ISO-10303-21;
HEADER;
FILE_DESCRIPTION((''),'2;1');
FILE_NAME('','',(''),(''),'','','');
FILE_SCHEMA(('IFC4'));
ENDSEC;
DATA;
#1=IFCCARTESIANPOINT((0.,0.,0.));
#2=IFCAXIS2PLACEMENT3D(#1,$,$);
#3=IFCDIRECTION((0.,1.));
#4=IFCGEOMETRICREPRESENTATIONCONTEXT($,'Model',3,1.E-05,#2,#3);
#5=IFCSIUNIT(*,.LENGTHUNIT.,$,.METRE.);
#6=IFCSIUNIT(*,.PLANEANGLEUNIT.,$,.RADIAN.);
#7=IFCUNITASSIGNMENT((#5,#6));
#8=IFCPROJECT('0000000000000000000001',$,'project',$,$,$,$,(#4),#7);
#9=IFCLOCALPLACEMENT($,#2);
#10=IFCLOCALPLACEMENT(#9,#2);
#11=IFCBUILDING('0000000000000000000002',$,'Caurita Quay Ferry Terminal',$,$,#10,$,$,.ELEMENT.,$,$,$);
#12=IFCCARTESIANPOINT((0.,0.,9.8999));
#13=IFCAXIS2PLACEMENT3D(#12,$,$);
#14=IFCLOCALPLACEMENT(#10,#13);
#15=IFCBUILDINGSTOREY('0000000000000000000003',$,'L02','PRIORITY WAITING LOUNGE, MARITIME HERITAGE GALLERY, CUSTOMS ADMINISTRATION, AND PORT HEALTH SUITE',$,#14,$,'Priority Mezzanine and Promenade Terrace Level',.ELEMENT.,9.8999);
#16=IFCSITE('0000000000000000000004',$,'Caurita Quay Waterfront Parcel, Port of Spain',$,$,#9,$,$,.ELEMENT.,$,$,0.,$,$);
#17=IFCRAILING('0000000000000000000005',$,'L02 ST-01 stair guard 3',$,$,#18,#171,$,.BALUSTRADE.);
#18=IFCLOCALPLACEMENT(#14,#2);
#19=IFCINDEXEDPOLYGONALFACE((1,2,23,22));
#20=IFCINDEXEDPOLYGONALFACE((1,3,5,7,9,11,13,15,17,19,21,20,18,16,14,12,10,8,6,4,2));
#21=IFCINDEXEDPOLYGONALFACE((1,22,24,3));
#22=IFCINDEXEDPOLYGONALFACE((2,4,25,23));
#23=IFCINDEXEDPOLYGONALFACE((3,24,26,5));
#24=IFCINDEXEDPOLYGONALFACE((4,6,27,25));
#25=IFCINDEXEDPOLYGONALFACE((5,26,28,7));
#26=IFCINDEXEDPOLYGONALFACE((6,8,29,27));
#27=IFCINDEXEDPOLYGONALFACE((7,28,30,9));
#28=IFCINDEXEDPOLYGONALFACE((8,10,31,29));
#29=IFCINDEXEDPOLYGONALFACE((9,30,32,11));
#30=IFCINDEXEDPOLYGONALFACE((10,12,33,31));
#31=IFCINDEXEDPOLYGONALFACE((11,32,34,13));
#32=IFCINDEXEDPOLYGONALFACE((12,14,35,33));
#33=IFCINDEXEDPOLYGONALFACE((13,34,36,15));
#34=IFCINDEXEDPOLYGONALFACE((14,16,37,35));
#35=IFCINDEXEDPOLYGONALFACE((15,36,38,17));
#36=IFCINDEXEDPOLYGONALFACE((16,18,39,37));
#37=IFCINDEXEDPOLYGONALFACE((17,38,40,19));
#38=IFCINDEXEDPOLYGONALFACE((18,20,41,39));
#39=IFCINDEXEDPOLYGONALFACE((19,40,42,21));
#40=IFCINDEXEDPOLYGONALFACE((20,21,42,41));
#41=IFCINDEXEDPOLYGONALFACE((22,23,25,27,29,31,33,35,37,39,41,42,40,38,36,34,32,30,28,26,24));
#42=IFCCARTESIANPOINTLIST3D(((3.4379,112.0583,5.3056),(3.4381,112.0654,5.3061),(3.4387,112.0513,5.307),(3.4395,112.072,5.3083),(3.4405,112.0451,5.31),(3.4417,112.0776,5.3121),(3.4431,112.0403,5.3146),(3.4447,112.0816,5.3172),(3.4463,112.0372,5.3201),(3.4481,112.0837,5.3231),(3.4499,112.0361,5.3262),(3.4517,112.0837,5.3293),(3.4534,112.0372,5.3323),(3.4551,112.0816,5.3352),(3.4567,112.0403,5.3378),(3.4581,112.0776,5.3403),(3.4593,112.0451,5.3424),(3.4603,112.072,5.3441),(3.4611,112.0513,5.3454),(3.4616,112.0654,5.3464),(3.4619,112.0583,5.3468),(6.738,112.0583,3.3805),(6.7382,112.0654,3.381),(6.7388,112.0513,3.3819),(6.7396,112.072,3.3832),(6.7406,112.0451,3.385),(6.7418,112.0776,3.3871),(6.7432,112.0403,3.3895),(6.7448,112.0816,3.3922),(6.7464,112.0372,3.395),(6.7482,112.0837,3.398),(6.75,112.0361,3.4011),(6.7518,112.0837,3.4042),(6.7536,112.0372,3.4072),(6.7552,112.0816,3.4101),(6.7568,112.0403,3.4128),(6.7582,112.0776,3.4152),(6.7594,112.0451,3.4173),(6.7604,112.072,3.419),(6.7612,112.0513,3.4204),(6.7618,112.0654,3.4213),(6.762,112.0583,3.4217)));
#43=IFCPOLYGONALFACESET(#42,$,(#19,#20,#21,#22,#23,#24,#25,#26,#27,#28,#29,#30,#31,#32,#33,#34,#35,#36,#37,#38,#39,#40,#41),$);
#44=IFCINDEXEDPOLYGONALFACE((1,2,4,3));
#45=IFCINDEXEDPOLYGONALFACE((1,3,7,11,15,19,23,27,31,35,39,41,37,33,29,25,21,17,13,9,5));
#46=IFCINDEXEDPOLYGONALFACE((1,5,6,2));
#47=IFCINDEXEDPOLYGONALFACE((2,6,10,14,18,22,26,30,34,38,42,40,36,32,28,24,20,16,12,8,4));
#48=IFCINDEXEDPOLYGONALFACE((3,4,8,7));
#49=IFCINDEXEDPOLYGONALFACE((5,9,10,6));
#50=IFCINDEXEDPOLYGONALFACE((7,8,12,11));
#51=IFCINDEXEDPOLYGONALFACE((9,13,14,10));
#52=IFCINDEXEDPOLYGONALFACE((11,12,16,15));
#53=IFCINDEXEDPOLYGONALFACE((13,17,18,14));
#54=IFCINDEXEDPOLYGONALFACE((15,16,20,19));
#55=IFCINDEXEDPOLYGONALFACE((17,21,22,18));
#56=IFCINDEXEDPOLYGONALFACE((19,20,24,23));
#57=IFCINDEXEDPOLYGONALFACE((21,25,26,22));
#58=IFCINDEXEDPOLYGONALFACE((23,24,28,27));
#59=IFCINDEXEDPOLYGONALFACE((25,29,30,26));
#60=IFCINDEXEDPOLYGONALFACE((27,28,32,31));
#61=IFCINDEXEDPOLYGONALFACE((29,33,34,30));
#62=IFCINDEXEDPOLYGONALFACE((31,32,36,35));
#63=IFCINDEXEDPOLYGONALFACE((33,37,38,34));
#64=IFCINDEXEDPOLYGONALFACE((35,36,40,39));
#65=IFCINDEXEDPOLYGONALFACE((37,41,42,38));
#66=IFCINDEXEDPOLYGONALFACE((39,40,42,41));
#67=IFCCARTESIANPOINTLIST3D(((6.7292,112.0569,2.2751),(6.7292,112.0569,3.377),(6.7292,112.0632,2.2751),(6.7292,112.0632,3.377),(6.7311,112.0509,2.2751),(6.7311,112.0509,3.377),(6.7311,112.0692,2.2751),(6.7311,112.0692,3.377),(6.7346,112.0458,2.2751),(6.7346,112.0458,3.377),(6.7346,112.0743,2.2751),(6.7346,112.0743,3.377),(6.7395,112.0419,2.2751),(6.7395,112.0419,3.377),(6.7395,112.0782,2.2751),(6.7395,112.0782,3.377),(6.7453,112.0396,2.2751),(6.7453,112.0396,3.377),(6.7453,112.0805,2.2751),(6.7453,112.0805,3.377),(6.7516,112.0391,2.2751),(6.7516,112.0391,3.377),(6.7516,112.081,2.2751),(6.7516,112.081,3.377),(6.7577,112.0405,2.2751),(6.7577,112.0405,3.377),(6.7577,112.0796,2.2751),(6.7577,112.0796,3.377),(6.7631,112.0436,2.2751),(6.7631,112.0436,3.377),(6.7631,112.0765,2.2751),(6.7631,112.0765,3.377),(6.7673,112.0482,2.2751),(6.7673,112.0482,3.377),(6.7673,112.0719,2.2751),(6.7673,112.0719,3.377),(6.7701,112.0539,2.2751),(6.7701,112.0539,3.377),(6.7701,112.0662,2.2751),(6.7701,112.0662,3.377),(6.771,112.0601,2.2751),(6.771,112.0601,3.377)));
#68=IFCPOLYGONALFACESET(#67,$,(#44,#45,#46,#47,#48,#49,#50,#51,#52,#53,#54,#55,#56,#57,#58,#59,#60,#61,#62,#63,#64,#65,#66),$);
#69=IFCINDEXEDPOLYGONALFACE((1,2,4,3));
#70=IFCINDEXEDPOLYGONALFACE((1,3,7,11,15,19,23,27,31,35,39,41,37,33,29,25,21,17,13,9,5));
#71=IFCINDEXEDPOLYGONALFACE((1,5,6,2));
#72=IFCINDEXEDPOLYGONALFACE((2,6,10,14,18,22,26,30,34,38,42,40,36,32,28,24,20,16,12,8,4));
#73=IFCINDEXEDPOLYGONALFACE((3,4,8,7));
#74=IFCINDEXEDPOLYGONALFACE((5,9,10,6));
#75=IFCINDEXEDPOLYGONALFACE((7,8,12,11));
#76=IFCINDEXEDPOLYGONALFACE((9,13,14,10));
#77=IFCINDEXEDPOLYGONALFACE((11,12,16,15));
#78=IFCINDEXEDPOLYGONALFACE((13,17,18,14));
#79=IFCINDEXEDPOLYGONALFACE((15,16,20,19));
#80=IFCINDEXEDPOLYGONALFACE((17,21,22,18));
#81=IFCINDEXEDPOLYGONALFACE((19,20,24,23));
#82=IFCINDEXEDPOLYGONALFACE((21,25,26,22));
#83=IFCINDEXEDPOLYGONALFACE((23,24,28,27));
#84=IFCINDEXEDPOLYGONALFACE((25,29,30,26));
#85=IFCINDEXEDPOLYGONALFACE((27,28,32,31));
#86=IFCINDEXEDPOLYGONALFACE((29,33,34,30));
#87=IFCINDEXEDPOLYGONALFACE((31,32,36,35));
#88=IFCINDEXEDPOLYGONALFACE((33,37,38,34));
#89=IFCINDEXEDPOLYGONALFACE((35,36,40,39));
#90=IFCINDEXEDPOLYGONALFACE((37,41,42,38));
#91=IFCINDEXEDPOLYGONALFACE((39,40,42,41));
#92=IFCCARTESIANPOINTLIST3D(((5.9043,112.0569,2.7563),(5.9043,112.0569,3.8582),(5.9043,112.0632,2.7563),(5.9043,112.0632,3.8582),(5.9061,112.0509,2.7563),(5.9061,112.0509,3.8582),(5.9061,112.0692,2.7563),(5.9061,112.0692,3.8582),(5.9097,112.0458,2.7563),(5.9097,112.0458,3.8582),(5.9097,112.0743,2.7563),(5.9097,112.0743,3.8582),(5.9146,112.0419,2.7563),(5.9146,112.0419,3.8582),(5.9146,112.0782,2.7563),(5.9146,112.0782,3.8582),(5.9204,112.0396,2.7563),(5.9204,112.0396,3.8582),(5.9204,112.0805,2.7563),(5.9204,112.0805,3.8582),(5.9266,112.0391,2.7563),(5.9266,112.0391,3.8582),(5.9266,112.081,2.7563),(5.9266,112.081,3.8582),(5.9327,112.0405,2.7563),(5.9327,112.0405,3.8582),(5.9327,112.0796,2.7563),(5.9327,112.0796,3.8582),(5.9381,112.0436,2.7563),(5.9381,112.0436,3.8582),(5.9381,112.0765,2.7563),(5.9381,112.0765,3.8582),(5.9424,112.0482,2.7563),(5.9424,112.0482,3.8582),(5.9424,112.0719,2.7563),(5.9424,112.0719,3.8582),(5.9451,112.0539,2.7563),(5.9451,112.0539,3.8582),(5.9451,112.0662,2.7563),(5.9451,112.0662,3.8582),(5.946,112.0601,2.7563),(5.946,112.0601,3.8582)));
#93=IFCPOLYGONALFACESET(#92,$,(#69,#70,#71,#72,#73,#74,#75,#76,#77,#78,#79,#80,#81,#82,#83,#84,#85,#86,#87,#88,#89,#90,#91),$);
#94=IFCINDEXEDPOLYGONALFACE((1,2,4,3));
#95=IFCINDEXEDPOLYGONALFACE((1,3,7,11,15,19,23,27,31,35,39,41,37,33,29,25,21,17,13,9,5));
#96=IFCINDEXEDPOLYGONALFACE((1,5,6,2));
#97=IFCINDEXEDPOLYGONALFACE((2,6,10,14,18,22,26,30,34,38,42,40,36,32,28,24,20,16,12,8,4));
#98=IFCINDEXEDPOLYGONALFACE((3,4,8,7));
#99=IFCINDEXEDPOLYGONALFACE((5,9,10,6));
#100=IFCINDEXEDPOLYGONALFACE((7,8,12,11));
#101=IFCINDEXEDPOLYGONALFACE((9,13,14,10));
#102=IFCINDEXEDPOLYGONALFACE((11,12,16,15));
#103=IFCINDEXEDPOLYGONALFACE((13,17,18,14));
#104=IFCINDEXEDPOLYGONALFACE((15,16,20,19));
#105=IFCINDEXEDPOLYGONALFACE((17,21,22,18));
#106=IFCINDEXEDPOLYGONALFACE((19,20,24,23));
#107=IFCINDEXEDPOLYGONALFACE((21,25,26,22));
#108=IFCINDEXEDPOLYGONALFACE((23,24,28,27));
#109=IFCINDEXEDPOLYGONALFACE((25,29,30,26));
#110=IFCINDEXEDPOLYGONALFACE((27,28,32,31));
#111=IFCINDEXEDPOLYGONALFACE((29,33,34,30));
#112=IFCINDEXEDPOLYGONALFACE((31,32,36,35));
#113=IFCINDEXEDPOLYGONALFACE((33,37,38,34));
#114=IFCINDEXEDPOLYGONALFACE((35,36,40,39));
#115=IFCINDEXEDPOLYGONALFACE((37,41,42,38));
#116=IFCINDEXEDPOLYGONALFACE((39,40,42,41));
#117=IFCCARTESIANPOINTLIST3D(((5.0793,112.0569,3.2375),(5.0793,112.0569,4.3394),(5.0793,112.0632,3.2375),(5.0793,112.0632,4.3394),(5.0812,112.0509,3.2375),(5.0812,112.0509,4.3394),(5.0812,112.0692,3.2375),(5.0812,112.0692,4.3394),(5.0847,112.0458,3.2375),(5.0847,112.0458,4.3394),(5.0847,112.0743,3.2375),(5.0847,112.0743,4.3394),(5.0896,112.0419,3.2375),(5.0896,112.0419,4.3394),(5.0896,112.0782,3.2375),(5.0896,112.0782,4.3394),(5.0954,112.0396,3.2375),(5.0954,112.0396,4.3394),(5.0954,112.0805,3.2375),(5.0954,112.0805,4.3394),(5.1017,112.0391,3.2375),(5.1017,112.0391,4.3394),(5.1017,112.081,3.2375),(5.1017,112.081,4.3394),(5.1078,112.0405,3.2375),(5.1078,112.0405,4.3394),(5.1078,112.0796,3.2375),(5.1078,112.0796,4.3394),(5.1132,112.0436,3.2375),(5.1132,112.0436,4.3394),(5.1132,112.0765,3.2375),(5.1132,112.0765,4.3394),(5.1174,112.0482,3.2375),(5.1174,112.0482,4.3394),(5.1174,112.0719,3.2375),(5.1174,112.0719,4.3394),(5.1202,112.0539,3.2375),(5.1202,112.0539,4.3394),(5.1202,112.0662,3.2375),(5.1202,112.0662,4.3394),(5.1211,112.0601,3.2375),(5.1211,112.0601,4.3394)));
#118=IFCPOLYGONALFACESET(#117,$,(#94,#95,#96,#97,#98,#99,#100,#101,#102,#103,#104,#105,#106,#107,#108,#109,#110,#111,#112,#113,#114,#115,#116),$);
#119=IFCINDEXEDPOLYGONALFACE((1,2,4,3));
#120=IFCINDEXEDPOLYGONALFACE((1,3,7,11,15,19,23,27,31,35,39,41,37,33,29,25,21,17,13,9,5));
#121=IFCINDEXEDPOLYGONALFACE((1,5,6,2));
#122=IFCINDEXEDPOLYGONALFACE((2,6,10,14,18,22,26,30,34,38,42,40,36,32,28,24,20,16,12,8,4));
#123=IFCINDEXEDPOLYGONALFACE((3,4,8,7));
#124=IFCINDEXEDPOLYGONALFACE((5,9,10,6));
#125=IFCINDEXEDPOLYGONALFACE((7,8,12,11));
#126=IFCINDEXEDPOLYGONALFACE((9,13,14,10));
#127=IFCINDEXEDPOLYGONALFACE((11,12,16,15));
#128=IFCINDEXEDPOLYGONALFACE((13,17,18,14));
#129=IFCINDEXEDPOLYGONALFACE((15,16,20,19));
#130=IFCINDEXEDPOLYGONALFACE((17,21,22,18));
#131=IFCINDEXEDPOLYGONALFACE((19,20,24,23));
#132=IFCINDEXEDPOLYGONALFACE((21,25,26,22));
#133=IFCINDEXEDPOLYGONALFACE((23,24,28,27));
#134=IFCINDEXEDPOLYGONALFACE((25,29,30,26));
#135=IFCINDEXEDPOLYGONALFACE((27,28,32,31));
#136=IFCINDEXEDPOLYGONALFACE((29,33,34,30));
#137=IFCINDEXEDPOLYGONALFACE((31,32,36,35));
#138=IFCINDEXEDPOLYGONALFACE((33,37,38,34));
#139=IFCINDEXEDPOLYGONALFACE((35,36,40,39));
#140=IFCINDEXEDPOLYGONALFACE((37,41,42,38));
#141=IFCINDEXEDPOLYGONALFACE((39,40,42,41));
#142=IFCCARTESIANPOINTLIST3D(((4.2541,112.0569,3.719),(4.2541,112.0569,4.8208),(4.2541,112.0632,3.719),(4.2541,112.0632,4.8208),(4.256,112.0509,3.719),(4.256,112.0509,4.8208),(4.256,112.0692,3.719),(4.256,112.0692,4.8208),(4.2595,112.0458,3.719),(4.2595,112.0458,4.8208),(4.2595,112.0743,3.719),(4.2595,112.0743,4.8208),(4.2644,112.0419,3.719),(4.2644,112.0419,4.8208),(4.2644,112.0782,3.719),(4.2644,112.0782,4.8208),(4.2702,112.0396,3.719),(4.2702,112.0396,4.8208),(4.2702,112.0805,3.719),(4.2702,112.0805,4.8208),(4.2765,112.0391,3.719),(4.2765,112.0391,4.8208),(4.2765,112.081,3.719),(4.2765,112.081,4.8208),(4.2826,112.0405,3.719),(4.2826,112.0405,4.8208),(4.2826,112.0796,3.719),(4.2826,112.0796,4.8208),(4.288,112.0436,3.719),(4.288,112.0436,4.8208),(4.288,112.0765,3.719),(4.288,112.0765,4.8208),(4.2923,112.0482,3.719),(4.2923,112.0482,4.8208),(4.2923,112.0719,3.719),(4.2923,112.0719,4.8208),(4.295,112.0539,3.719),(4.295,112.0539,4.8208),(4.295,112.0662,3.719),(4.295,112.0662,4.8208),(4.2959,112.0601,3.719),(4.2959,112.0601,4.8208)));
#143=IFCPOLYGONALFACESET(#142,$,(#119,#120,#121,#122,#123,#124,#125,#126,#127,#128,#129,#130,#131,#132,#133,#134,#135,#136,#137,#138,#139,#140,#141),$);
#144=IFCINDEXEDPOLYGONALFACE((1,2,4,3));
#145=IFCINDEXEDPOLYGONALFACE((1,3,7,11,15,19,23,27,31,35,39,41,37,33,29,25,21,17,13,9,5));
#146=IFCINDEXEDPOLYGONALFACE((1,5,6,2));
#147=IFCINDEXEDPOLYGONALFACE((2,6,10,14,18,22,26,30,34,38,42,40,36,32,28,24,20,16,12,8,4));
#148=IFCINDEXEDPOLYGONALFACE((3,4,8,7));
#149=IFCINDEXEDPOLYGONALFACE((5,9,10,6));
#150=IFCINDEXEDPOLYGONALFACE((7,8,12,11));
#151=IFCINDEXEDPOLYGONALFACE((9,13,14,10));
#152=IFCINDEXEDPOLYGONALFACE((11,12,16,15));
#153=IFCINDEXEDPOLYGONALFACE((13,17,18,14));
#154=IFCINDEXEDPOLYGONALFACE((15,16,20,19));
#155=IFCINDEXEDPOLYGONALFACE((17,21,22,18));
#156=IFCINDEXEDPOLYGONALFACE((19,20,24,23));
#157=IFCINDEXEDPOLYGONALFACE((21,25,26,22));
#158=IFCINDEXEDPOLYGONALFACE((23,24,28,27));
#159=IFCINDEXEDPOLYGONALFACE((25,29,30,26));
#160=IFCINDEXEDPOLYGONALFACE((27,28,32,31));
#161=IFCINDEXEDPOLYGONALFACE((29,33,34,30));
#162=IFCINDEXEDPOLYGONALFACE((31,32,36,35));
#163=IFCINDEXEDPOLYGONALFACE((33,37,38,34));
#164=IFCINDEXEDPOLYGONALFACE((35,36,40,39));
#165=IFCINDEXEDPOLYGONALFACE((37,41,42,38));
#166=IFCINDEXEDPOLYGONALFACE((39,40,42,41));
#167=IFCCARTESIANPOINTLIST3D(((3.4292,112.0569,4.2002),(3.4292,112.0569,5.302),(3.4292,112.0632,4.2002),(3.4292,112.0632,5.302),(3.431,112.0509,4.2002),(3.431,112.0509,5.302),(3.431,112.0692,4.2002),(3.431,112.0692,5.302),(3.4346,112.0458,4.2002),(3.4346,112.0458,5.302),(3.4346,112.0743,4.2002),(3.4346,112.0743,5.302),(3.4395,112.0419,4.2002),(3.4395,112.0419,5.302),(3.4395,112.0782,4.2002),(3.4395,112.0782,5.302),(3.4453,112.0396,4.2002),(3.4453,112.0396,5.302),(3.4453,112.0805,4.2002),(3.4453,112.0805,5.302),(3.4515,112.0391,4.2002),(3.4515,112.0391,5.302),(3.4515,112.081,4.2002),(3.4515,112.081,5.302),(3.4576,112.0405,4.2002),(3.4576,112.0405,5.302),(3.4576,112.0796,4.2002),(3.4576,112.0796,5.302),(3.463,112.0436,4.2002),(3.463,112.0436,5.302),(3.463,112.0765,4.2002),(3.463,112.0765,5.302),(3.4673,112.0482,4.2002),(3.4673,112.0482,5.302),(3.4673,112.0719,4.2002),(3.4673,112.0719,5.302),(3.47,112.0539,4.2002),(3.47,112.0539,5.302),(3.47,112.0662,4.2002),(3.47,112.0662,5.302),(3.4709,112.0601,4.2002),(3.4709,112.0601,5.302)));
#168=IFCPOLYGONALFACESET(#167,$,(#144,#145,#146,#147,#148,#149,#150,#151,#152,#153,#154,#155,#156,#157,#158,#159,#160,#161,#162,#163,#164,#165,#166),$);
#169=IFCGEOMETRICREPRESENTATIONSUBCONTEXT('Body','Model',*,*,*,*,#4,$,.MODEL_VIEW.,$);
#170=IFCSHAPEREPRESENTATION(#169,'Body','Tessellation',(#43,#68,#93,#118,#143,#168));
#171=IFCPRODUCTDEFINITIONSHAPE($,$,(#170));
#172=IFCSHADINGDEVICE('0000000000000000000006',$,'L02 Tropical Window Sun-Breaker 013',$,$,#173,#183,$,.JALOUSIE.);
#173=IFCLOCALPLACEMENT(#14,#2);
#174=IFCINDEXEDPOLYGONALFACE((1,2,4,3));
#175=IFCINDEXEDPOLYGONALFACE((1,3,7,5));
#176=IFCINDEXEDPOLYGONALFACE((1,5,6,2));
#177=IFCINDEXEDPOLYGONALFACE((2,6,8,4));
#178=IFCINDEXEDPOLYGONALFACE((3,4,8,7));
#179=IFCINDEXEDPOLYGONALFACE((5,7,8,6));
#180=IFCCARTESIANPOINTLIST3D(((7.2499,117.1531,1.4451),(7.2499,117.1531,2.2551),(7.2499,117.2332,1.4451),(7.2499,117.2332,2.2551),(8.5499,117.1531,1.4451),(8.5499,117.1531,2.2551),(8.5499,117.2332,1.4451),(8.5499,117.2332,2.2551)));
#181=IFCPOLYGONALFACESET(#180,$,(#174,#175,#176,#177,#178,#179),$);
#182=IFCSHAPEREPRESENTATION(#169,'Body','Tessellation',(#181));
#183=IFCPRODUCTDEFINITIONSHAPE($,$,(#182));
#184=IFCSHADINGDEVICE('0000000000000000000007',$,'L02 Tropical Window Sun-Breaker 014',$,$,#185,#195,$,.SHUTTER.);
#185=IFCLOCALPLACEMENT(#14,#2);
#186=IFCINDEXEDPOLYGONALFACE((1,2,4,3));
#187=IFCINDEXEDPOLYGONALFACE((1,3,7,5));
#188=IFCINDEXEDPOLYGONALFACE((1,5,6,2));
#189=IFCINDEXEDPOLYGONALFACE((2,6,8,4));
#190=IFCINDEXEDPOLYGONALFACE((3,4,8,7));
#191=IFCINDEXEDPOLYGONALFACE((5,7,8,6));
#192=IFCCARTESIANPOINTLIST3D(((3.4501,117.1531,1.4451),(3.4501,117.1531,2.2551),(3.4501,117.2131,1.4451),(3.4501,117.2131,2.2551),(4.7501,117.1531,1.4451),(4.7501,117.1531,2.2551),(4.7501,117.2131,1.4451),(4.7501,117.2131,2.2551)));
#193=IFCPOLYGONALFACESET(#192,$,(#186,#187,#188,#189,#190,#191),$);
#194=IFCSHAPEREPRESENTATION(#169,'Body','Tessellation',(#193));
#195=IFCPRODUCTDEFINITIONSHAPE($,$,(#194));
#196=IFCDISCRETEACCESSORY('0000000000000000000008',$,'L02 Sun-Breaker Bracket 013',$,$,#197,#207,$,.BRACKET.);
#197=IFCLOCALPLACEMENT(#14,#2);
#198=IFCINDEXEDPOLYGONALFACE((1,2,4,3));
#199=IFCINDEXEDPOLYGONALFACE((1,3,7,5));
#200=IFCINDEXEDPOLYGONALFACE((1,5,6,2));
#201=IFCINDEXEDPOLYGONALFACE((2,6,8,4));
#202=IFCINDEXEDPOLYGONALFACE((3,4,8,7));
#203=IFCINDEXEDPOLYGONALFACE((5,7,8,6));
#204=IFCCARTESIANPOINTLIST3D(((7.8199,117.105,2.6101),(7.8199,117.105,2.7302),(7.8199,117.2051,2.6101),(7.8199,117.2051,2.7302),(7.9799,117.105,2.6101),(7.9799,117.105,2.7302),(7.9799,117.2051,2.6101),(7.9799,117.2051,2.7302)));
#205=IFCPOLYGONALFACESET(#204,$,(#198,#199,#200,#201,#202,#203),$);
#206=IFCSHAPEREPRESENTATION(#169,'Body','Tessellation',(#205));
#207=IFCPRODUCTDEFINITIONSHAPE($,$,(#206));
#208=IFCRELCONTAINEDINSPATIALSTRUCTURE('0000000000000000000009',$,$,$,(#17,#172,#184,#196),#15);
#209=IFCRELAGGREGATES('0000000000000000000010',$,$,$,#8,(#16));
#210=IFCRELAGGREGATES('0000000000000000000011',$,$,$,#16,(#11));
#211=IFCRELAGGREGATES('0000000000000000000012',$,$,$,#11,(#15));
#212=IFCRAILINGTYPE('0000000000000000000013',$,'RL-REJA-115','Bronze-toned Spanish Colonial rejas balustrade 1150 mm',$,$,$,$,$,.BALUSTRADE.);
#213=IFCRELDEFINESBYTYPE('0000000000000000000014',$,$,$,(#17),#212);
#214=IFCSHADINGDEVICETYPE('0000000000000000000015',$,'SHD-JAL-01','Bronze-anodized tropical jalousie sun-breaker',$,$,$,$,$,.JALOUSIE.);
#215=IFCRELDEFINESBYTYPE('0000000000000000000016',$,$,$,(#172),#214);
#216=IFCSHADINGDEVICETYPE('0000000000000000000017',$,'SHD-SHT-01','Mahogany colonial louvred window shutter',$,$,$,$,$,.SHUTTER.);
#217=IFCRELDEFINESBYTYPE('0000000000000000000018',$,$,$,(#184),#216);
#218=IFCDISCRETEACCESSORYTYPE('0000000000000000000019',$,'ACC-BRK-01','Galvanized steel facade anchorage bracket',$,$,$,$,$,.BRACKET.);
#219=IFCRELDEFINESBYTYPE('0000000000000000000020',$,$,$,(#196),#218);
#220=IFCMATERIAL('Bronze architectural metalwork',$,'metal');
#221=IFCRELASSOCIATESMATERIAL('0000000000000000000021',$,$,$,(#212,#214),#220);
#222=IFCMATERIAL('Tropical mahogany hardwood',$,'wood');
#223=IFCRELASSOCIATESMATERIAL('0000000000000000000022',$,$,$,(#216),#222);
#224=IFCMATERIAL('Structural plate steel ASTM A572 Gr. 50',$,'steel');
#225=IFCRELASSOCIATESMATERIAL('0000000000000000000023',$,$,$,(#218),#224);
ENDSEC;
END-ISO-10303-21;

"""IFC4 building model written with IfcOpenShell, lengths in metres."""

from ifc_helpers import new_model, si_unit, direction, frame, origin, origin_2d, place, context, subcontext, project, spatial, rectangle, circle, extrude, material, type_object, element, save


model = new_model("IFC4")

# Units and contexts
model_context = context("Model", 3, precision=1e-05, world=origin(), true_north=direction((0.0, 1.0)))
body_context = subcontext(model_context, "Body", "Model", "MODEL_VIEW")
ifc_project = project(units=[si_unit("LENGTHUNIT", "METRE"), si_unit("PLANEANGLEUNIT", "RADIAN")], contexts=[model_context])

# Site, building, storey
site_placement = place(None, origin())
site = spatial("IfcSite", under=ifc_project, at=site_placement, Name="Caurita Quay Waterfront Parcel, Port of Spain", CompositionType="ELEMENT", RefElevation=0.0)
building_placement = place(site_placement, origin())
building = spatial("IfcBuilding", under=site, at=building_placement, Name="Caurita Quay Ferry Terminal", CompositionType="ELEMENT")
storey_placement = place(building_placement, frame((0.0, 0.0, 9.8999)))
storey = spatial("IfcBuildingStorey", under=building, at=storey_placement, Name="L02", Description="PRIORITY WAITING LOUNGE, MARITIME HERITAGE GALLERY, CUSTOMS ADMINISTRATION, AND PORT HEALTH SUITE", LongName="Priority Mezzanine and Promenade Terrace Level", CompositionType="ELEMENT", Elevation=9.8999)

# Railing
ifc_material_1 = material(Name="Bronze architectural metalwork", Category="metal")
railing_type_1 = type_object("IfcRailingType", Name="RL-REJA-115", Description="Bronze-toned Spanish Colonial rejas balustrade 1150 mm", PredefinedType="BALUSTRADE", material=ifc_material_1)
railing_1_placement = place(storey_placement, frame((6.75, 112.0601, 2.2751)))
element("IfcRailing", 1, at=railing_1_placement, inside=storey, type_object=railing_type_1, Name="L02 ST-01 stair guard 3", PredefinedType="BALUSTRADE", context=body_context, shape_type="SweptSolid", body=[
    extrude(circle(Radius=0.0239, at=origin_2d()), frame((0.0, 0.0, 1.126), z_axis=(-0.863777, 0.0, 0.503875), x_axis=(0.0, -1.0, 0.0)), (0.0, 0.0, 1.0), 3.8206),
    extrude(circle(Radius=0.021, at=origin_2d()), origin(), (0.0, 0.0, 1.0), 1.1018),
    extrude(circle(Radius=0.021, at=origin_2d()), frame((-0.825, 0.0, 0.4812)), (0.0, 0.0, 1.0), 1.1018),
    extrude(circle(Radius=0.021, at=origin_2d()), frame((-1.6499, 0.0, 0.9624)), (0.0, 0.0, 1.0), 1.1018),
    extrude(circle(Radius=0.021, at=origin_2d()), frame((-2.4751, 0.0, 1.4438)), (0.0, 0.0, 1.0), 1.1018),
    extrude(circle(Radius=0.021, at=origin_2d()), frame((-3.3, 0.0, 1.925)), (0.0, 0.0, 1.0), 1.1018),
])

# Shading devices
shading_device_type_1 = type_object("IfcShadingDeviceType", Name="SHD-JAL-01", Description="Bronze-anodized tropical jalousie sun-breaker", PredefinedType="JALOUSIE", material=ifc_material_1)
shading_device_1_placement = place(storey_placement, frame((7.8999, 117.1931, 1.4451), z_axis=(0.0, 0.0, 1.0), x_axis=(-1.0, 0.0, 0.0)))
element("IfcShadingDevice", 2, at=shading_device_1_placement, inside=storey, type_object=shading_device_type_1, Name="L02 Tropical Window Sun-Breaker 013", PredefinedType="JALOUSIE", context=body_context, shape_type="SweptSolid", body=[
    extrude(rectangle(XDim=1.3, YDim=0.0801, at=origin_2d()), origin(), (0.0, 0.0, 1.0), 0.8101),
])
ifc_material_2 = material(Name="Tropical mahogany hardwood", Category="wood")
shading_device_type_2 = type_object("IfcShadingDeviceType", Name="SHD-SHT-01", Description="Mahogany colonial louvred window shutter", PredefinedType="SHUTTER", material=ifc_material_2)
shading_device_2_placement = place(storey_placement, frame((4.1001, 117.1831, 1.4451), z_axis=(0.0, 0.0, 1.0), x_axis=(-1.0, 0.0, 0.0)))
element("IfcShadingDevice", 3, at=shading_device_2_placement, inside=storey, type_object=shading_device_type_2, Name="L02 Tropical Window Sun-Breaker 014", PredefinedType="SHUTTER", context=body_context, shape_type="SweptSolid", body=[
    extrude(rectangle(XDim=1.3, YDim=0.0601, at=origin_2d()), origin(), (0.0, 0.0, 1.0), 0.8101),
])

# Discrete accessory
ifc_material_3 = material(Name="Structural plate steel ASTM A572 Gr. 50", Category="steel")
discrete_accessory_type = type_object("IfcDiscreteAccessoryType", Name="ACC-BRK-01", Description="Galvanized steel facade anchorage bracket", PredefinedType="BRACKET", material=ifc_material_3)
for number, where, z_axis, x_axis, name in (
    (4, (7.8999, 117.155, 2.6101), (0.0, 0.0, 1.0), (-1.0, 0.0, 0.0), "L02 Sun-Breaker Bracket 013"),
):
    element("IfcDiscreteAccessory", number, at=place(storey_placement, frame(where, z_axis=z_axis, x_axis=x_axis)), inside=storey, type_object=discrete_accessory_type, Name=name, PredefinedType="BRACKET", context=body_context, shape_type="SweptSolid", body=[
        extrude(rectangle(XDim=0.1599, YDim=0.1001, at=origin_2d()), origin(), (0.0, 0.0, 1.0), 0.1201),
    ])

save(model, "model.ifc")
